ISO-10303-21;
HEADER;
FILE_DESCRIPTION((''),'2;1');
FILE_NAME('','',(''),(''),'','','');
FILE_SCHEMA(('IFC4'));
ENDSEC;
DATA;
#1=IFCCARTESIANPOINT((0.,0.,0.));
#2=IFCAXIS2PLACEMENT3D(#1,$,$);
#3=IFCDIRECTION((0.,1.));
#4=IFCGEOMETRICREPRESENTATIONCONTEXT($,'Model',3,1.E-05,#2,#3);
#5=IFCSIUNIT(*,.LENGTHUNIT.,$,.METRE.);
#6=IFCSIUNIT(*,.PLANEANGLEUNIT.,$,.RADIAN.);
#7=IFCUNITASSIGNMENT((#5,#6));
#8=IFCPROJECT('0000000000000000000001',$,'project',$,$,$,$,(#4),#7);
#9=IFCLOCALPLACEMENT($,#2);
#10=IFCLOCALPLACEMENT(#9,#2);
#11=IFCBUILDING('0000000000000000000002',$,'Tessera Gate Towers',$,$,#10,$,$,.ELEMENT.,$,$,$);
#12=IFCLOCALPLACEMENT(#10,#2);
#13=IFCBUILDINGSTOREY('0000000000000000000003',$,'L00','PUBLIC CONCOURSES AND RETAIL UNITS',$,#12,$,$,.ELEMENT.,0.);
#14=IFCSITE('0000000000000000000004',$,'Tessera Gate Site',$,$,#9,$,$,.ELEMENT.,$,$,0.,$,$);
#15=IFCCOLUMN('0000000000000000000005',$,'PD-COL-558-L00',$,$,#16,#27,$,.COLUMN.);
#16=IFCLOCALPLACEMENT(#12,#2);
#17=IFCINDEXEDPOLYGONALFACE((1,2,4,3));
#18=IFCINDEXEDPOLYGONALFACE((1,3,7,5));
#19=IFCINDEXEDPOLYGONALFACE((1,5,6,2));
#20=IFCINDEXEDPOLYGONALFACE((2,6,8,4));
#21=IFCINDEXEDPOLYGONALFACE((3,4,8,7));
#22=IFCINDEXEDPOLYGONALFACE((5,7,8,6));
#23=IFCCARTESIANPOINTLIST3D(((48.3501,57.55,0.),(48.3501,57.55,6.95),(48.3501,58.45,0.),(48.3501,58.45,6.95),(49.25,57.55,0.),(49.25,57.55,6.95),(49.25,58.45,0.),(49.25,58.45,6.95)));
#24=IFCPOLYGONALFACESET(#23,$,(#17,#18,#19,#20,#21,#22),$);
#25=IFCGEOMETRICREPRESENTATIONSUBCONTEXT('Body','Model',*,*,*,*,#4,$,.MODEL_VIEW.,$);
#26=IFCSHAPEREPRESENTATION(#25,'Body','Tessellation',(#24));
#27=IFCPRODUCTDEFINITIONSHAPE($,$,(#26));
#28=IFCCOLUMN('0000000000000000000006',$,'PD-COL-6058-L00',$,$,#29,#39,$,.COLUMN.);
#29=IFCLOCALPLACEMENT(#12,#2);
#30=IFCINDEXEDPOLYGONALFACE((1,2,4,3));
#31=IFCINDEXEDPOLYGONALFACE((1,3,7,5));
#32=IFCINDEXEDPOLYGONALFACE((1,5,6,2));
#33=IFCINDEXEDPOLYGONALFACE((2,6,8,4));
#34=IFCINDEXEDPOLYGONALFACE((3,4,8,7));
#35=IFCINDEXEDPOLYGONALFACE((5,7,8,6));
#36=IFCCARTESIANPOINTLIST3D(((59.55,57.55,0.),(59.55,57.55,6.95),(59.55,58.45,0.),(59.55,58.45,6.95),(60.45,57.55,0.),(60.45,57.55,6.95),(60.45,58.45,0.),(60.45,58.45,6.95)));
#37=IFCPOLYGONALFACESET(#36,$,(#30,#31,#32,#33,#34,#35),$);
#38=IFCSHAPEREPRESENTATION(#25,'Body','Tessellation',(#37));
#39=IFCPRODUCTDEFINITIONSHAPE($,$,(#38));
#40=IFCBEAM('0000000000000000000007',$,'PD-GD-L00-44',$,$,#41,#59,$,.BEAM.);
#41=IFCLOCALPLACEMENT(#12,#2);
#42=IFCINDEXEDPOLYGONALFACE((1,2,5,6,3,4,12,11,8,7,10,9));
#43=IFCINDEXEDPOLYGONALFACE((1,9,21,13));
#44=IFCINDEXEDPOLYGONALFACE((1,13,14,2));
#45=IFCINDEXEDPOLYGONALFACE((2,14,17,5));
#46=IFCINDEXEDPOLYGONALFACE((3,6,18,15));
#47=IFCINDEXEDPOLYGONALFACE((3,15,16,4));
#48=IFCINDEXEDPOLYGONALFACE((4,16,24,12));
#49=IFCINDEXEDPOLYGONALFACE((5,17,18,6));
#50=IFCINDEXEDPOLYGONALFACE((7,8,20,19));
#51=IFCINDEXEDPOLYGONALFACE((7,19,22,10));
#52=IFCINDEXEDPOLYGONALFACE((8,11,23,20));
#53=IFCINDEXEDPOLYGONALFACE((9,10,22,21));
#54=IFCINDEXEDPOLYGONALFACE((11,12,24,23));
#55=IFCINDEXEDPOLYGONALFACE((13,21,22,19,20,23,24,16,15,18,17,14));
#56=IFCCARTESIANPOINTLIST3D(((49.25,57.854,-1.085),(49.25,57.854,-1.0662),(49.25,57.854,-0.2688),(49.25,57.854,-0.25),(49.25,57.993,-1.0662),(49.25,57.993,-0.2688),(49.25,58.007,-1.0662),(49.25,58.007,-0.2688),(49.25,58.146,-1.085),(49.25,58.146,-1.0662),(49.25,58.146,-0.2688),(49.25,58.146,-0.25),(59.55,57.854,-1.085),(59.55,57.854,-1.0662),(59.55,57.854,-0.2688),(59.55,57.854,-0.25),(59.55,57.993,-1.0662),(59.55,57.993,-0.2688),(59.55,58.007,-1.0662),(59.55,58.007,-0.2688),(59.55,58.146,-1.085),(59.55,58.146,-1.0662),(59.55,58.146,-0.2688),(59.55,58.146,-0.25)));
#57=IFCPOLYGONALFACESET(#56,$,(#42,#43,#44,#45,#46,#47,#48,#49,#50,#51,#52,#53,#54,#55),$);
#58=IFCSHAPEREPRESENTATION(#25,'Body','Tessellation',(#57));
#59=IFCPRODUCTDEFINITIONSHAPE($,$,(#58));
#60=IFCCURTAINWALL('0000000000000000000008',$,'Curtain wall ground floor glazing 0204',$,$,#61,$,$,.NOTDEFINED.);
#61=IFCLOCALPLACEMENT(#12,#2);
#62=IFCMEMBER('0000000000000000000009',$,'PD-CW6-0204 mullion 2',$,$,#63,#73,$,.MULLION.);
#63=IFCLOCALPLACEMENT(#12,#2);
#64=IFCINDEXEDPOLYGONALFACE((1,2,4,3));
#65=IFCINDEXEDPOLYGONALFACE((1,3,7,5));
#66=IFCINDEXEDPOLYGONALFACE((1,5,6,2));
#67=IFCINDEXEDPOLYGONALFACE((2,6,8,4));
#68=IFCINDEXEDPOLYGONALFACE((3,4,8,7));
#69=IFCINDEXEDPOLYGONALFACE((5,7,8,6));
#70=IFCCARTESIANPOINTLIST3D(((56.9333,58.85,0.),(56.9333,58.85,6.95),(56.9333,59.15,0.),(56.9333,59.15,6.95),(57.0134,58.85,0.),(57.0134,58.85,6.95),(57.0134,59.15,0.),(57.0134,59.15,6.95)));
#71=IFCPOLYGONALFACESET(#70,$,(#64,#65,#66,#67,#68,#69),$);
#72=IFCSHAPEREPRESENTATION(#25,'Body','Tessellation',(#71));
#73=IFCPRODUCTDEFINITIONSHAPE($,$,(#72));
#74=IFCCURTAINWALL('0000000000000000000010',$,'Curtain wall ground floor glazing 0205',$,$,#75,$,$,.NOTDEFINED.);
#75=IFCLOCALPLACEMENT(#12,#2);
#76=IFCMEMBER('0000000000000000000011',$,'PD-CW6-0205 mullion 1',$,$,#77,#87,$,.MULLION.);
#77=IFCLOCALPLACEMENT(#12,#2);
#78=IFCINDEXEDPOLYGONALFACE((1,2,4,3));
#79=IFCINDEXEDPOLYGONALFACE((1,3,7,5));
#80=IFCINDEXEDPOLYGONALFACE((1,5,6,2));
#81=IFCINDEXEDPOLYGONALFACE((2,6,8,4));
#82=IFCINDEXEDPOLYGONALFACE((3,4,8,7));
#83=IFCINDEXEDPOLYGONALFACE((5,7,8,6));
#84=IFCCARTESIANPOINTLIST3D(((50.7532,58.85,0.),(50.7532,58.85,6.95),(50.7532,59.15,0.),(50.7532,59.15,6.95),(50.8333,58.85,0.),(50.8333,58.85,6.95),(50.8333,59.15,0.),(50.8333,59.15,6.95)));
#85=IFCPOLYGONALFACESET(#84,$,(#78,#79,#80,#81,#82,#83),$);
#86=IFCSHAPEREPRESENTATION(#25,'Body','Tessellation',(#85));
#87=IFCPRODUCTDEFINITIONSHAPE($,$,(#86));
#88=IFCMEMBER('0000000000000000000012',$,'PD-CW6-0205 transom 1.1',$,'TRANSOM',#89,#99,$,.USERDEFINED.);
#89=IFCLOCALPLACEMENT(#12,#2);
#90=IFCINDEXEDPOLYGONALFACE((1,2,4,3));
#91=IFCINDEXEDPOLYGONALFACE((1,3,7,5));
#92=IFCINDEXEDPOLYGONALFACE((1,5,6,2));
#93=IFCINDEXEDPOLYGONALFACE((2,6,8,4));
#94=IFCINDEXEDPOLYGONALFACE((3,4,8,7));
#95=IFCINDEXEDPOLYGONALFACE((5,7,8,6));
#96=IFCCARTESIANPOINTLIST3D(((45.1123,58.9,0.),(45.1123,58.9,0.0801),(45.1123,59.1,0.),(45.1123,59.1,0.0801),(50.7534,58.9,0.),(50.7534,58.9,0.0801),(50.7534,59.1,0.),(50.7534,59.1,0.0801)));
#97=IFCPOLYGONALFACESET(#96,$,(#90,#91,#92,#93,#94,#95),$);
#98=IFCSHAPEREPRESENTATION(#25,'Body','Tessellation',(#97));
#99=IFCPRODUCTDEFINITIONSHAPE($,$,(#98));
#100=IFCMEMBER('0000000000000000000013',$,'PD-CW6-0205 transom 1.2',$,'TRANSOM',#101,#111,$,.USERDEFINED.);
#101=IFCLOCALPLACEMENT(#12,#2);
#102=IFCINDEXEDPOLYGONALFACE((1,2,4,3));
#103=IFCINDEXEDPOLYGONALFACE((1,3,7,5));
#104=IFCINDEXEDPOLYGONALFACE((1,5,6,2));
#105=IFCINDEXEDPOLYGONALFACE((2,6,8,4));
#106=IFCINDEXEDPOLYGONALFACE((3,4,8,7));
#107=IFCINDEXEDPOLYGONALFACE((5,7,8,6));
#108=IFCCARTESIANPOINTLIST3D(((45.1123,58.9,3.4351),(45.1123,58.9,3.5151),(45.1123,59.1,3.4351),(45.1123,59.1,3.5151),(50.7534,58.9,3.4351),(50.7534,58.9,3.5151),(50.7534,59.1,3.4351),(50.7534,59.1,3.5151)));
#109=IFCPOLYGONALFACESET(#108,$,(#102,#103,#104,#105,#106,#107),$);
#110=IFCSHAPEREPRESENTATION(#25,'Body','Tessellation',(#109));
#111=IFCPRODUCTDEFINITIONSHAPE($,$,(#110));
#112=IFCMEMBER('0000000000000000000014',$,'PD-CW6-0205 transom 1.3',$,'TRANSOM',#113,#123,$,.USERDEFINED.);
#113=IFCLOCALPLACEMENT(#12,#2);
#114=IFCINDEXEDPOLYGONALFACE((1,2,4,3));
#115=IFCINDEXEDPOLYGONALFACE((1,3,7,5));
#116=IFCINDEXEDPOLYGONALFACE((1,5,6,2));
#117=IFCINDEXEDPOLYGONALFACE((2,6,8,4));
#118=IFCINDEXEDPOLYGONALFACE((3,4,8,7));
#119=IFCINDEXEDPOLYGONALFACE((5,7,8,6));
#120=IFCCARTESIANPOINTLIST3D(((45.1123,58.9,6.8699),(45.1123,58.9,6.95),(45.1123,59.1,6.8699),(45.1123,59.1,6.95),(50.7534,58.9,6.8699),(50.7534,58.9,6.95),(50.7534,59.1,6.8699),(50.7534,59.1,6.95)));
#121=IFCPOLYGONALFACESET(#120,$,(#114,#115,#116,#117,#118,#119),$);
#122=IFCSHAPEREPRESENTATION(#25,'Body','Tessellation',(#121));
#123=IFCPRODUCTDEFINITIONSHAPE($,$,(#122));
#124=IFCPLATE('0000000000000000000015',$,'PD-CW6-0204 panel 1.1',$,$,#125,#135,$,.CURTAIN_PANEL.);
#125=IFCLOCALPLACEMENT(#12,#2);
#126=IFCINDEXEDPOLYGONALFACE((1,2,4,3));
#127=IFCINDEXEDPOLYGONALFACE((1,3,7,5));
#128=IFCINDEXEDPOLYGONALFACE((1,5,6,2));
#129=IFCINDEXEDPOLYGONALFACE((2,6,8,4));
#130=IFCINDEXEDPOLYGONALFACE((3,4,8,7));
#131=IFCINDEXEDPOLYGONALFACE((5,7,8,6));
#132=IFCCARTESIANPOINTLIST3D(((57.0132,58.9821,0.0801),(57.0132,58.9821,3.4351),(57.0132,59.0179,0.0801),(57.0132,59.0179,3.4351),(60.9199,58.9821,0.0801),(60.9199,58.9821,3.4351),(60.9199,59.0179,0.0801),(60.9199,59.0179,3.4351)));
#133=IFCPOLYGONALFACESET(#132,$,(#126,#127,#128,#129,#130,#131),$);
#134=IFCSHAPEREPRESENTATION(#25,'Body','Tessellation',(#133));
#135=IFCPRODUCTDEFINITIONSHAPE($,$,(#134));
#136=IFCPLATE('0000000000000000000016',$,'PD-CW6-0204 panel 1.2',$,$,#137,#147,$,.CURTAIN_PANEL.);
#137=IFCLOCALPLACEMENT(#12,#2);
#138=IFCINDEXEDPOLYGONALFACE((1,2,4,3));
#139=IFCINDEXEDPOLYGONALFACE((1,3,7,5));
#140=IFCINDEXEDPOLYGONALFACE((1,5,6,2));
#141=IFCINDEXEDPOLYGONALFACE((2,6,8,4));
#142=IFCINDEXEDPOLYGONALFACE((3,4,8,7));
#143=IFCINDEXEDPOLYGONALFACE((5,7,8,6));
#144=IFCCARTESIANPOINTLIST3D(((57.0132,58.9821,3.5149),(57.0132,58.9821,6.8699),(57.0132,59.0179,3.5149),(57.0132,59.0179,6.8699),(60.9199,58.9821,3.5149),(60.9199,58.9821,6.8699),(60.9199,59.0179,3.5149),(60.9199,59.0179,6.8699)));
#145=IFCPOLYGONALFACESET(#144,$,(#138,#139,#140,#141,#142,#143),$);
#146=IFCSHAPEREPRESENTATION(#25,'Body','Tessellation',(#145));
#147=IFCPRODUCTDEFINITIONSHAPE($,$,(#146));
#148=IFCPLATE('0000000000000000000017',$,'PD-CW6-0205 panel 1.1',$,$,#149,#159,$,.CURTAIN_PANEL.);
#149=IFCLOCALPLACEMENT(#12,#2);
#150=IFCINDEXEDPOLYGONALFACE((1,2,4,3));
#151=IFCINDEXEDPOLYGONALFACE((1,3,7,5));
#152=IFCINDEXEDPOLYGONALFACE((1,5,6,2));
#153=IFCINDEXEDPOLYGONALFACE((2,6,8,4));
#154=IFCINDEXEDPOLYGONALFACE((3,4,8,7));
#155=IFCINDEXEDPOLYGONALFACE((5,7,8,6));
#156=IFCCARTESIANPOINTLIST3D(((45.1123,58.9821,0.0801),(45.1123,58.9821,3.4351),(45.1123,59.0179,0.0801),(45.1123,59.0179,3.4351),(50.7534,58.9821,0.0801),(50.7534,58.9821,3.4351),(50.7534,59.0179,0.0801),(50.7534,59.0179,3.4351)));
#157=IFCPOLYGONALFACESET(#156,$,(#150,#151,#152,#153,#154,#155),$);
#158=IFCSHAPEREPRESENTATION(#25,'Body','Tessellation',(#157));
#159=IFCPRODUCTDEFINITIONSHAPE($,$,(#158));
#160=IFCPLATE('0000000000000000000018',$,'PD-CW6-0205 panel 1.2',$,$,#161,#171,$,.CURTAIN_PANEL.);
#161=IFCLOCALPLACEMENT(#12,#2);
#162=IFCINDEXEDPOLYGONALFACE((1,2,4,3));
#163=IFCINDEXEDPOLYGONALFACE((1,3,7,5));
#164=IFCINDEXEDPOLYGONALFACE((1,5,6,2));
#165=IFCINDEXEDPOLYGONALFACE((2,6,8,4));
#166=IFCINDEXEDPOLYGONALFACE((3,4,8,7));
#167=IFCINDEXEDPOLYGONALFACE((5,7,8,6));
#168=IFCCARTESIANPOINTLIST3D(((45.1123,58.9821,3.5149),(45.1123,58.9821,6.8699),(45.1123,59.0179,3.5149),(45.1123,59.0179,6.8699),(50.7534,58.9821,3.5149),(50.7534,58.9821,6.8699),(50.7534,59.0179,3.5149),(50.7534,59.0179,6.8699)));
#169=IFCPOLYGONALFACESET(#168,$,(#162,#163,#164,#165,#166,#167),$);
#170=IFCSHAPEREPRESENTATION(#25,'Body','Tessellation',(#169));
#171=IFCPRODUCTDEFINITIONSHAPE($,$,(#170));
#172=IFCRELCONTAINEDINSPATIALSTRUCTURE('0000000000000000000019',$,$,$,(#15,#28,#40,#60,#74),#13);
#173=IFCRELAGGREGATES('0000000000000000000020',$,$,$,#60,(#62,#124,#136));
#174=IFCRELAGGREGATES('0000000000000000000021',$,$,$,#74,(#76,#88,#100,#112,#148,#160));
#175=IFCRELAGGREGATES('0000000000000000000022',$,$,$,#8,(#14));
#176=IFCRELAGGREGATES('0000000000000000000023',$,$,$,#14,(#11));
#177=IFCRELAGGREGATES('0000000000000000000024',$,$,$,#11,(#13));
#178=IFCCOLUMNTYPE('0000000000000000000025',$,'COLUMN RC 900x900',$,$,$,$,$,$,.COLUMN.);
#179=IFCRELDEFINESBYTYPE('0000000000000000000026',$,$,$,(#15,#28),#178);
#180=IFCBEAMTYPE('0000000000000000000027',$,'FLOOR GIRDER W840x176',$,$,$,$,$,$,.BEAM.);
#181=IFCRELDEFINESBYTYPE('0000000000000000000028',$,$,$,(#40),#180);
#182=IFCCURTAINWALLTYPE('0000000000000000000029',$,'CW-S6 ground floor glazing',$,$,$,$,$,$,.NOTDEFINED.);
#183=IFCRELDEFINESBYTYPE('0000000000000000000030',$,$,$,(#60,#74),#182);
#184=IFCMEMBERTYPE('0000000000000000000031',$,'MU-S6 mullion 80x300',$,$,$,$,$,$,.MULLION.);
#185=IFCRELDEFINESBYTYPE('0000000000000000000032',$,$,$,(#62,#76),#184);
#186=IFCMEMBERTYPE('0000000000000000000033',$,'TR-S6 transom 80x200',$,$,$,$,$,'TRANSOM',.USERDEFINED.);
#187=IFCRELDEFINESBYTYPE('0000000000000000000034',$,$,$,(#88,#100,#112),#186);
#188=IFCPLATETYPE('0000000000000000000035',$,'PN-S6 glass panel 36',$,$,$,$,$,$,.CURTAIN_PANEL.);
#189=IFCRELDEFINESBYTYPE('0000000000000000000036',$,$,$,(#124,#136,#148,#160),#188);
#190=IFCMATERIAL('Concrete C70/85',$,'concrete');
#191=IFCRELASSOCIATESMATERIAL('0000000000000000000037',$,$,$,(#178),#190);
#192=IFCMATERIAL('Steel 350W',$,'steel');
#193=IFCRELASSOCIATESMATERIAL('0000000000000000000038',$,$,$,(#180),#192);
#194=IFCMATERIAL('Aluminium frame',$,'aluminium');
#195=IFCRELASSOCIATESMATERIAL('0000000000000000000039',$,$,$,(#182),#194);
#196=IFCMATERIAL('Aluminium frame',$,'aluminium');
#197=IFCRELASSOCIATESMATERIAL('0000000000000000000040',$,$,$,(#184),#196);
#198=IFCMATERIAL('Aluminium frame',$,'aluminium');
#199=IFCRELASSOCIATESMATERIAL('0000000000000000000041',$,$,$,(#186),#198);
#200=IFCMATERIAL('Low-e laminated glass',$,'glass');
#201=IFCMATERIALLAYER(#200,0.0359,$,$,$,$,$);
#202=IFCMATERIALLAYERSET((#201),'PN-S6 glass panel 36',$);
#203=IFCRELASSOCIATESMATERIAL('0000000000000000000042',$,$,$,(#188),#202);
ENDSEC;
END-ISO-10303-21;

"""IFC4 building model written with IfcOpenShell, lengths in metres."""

from ifc_helpers import new_model, si_unit, direction, frame, origin, origin_2d, place, context, subcontext, project, spatial, rectangle, i_section, extrude, material, layer, layer_set, material_profile, profile_set, type_object, element, aggregate, save


model = new_model("IFC4")

# Units and contexts
model_context = context("Model", 3, precision=1e-05, world=origin(), true_north=direction((0.0, 1.0)))
body_context = subcontext(model_context, "Body", "Model", "MODEL_VIEW")
ifc_project = project(units=[si_unit("LENGTHUNIT", "METRE"), si_unit("PLANEANGLEUNIT", "RADIAN")], contexts=[model_context])

# Site, building, storey
site_placement = place(None, origin())
site = spatial("IfcSite", under=ifc_project, at=site_placement, Name="Tessera Gate Site", CompositionType="ELEMENT", RefElevation=0.0)
building_placement = place(site_placement, origin())
building = spatial("IfcBuilding", under=site, at=building_placement, Name="Tessera Gate Towers", CompositionType="ELEMENT")
storey_placement = place(building_placement, origin())
storey = spatial("IfcBuildingStorey", under=building, at=storey_placement, Name="L00", Description="PUBLIC CONCOURSES AND RETAIL UNITS", CompositionType="ELEMENT", Elevation=0.0)

# Columns
ifc_material_1 = material(Name="Concrete C70/85", Category="concrete")
ifc_material_profile_1 = material_profile(ifc_material_1, rectangle(XDim=0.8999, YDim=0.8999, at=origin_2d()), Name="RC 900x900")
ifc_profile_set_1 = profile_set([ifc_material_profile_1], Name="Concrete C70/85")
column_type = type_object("IfcColumnType", Name="COLUMN RC 900x900", PredefinedType="COLUMN", material=ifc_profile_set_1)
for number, where, z_axis, x_axis, name in (
    (1, (48.8, 58.0, 0.0), (0.0, 0.0, 1.0), (1.0, 0.0, 0.0), "PD-COL-558-L00"),
    (2, (60.0, 58.0, 0.0), (0.0, 0.0, 1.0), (1.0, 0.0, 0.0), "PD-COL-6058-L00"),
):
    element("IfcColumn", number, at=place(storey_placement, frame(where, z_axis=z_axis, x_axis=x_axis)), inside=storey, type_object=column_type, Name=name, PredefinedType="COLUMN", context=body_context, shape_type="SweptSolid", body=[
        extrude(rectangle(XDim=0.8999, YDim=0.8999, at=origin_2d()), origin(), (0.0, 0.0, 1.0), 6.95),
    ])

# Beam
ifc_material_2 = material(Name="Steel 350W", Category="steel")
ifc_material_profile_2 = material_profile(ifc_material_2, i_section(OverallWidth=0.292, OverallDepth=0.835, WebThickness=0.0139, FlangeThickness=0.0188, at=origin_2d()), Name="W840x176")
ifc_profile_set_2 = profile_set([ifc_material_profile_2], Name="Steel 350W")
beam_type = type_object("IfcBeamType", Name="FLOOR GIRDER W840x176", PredefinedType="BEAM", material=ifc_profile_set_2)
beam_placement = place(storey_placement, frame((49.25, 58.0, -0.6675), z_axis=(1.0, 0.0, 0.0), x_axis=(0.0, 1.0, 0.0)))
element("IfcBeam", 3, at=beam_placement, inside=storey, type_object=beam_type, Name="PD-GD-L00-44", PredefinedType="BEAM", context=body_context, shape_type="SweptSolid", body=[
    extrude(i_section(OverallWidth=0.292, OverallDepth=0.835, WebThickness=0.0139, FlangeThickness=0.0188, at=origin_2d()), origin(), (0.0, 0.0, 1.0), 10.3),
])

# Curtain wall, member
ifc_material_3 = material(Name="Aluminium frame", Category="aluminium")
curtain_wall_type = type_object("IfcCurtainWallType", Name="CW-S6 ground floor glazing", PredefinedType="NOTDEFINED", material=ifc_material_3)
curtain_wall_1_placement = place(storey_placement, origin())
curtain_wall_1 = element("IfcCurtainWall", 4, at=curtain_wall_1_placement, inside=storey, type_object=curtain_wall_type, Name="Curtain wall ground floor glazing 0204", PredefinedType="NOTDEFINED")
ifc_material_4 = material(Name="Aluminium frame", Category="aluminium")
ifc_material_profile_3 = material_profile(ifc_material_4, rectangle(XDim=0.0801, YDim=0.3, at=origin_2d()), Name="AL 80x300")
ifc_profile_set_3 = profile_set([ifc_material_profile_3], Name="Aluminium frame")
member_type_1 = type_object("IfcMemberType", Name="MU-S6 mullion 80x300", PredefinedType="MULLION", material=ifc_profile_set_3)
member_1_placement = place(storey_placement, frame((56.9734, 59.0, 0.0), z_axis=(0.0, 0.0, 1.0), x_axis=(-1.0, 0.0, 0.0)))
member_1 = element("IfcMember", 5, at=member_1_placement, type_object=member_type_1, Name="PD-CW6-0204 mullion 2", PredefinedType="MULLION", context=body_context, shape_type="SweptSolid", body=[
    extrude(rectangle(XDim=0.0801, YDim=0.3, at=origin_2d()), origin(), (0.0, 0.0, 1.0), 6.95),
])

# Curtain wall, members
curtain_wall_2_placement = place(storey_placement, origin())
curtain_wall_2 = element("IfcCurtainWall", 6, at=curtain_wall_2_placement, inside=storey, type_object=curtain_wall_type, Name="Curtain wall ground floor glazing 0205", PredefinedType="NOTDEFINED")
member_2_placement = place(storey_placement, frame((50.7932, 59.0, 0.0), z_axis=(0.0, 0.0, 1.0), x_axis=(-1.0, 0.0, 0.0)))
member_2 = element("IfcMember", 7, at=member_2_placement, type_object=member_type_1, Name="PD-CW6-0205 mullion 1", PredefinedType="MULLION", context=body_context, shape_type="SweptSolid", body=[
    extrude(rectangle(XDim=0.0801, YDim=0.3, at=origin_2d()), origin(), (0.0, 0.0, 1.0), 6.95),
])
ifc_material_5 = material(Name="Aluminium frame", Category="aluminium")
ifc_material_profile_4 = material_profile(ifc_material_5, rectangle(XDim=0.2, YDim=0.0801, at=origin_2d()), Name="AL 80x200")
ifc_profile_set_4 = profile_set([ifc_material_profile_4], Name="Aluminium frame")
member_type_2 = type_object("IfcMemberType", Name="TR-S6 transom 80x200", ElementType="TRANSOM", PredefinedType="USERDEFINED", material=ifc_profile_set_4)
member_3_placement = place(storey_placement, frame((50.7534, 59.0, 0.04), z_axis=(-1.0, 0.0, 0.0), x_axis=(0.0, -1.0, 0.0)))
member_3 = element("IfcMember", 8, at=member_3_placement, type_object=member_type_2, Name="PD-CW6-0205 transom 1.1", ObjectType="TRANSOM", PredefinedType="USERDEFINED", context=body_context, shape_type="SweptSolid", body=[
    extrude(rectangle(XDim=0.2, YDim=0.0801, at=origin_2d()), origin(), (0.0, 0.0, 1.0), 5.6411),
])
member_4_placement = place(storey_placement, frame((50.7534, 59.0, 3.4751), z_axis=(-1.0, 0.0, 0.0), x_axis=(0.0, -1.0, 0.0)))
member_4 = element("IfcMember", 9, at=member_4_placement, type_object=member_type_2, Name="PD-CW6-0205 transom 1.2", ObjectType="TRANSOM", PredefinedType="USERDEFINED", context=body_context, shape_type="SweptSolid", body=[
    extrude(rectangle(XDim=0.2, YDim=0.0801, at=origin_2d()), origin(), (0.0, 0.0, 1.0), 5.6411),
])
member_5_placement = place(storey_placement, frame((50.7534, 59.0, 6.9099), z_axis=(-1.0, 0.0, 0.0), x_axis=(0.0, -1.0, 0.0)))
member_5 = element("IfcMember", 10, at=member_5_placement, type_object=member_type_2, Name="PD-CW6-0205 transom 1.3", ObjectType="TRANSOM", PredefinedType="USERDEFINED", context=body_context, shape_type="SweptSolid", body=[
    extrude(rectangle(XDim=0.2, YDim=0.0801, at=origin_2d()), origin(), (0.0, 0.0, 1.0), 5.6411),
])

# Plates
ifc_material_6 = material(Name="Low-e laminated glass", Category="glass")
ifc_layer_1 = layer(ifc_material_6, 0.0359)
ifc_layer_set_1 = layer_set([ifc_layer_1], Name="PN-S6 glass panel 36")
plate_type_1 = type_object("IfcPlateType", Name="PN-S6 glass panel 36", PredefinedType="CURTAIN_PANEL", material=ifc_layer_set_1)
plate_1_placement = place(storey_placement, frame((58.9666, 59.0, 0.0801), z_axis=(0.0, 0.0, 1.0), x_axis=(-1.0, 0.0, 0.0)))
plate_1 = element("IfcPlate", 11, at=plate_1_placement, type_object=plate_type_1, Name="PD-CW6-0204 panel 1.1", PredefinedType="CURTAIN_PANEL", context=body_context, shape_type="SweptSolid", body=[
    extrude(rectangle(XDim=3.9067, YDim=0.0359, at=origin_2d()), origin(), (0.0, 0.0, 1.0), 3.355),
])
plate_2_placement = place(storey_placement, frame((58.9666, 59.0, 3.5149), z_axis=(0.0, 0.0, 1.0), x_axis=(-1.0, 0.0, 0.0)))
plate_2 = element("IfcPlate", 12, at=plate_2_placement, type_object=plate_type_1, Name="PD-CW6-0204 panel 1.2", PredefinedType="CURTAIN_PANEL", context=body_context, shape_type="SweptSolid", body=[
    extrude(rectangle(XDim=3.9067, YDim=0.0359, at=origin_2d()), origin(), (0.0, 0.0, 1.0), 3.355),
])
aggregate(curtain_wall_1, [member_1, plate_1, plate_2])
plate_3_placement = place(storey_placement, frame((47.9329, 59.0, 0.0801), z_axis=(0.0, 0.0, 1.0), x_axis=(-1.0, 0.0, 0.0)))
plate_3 = element("IfcPlate", 13, at=plate_3_placement, type_object=plate_type_1, Name="PD-CW6-0205 panel 1.1", PredefinedType="CURTAIN_PANEL", context=body_context, shape_type="SweptSolid", body=[
    extrude(rectangle(XDim=5.6411, YDim=0.0359, at=origin_2d()), origin(), (0.0, 0.0, 1.0), 3.355),
])
plate_4_placement = place(storey_placement, frame((47.9329, 59.0, 3.5149), z_axis=(0.0, 0.0, 1.0), x_axis=(-1.0, 0.0, 0.0)))
plate_4 = element("IfcPlate", 14, at=plate_4_placement, type_object=plate_type_1, Name="PD-CW6-0205 panel 1.2", PredefinedType="CURTAIN_PANEL", context=body_context, shape_type="SweptSolid", body=[
    extrude(rectangle(XDim=5.6411, YDim=0.0359, at=origin_2d()), origin(), (0.0, 0.0, 1.0), 3.355),
])
aggregate(curtain_wall_2, [member_2, member_3, member_4, member_5, plate_3, plate_4])

save(model, "model.ifc")
